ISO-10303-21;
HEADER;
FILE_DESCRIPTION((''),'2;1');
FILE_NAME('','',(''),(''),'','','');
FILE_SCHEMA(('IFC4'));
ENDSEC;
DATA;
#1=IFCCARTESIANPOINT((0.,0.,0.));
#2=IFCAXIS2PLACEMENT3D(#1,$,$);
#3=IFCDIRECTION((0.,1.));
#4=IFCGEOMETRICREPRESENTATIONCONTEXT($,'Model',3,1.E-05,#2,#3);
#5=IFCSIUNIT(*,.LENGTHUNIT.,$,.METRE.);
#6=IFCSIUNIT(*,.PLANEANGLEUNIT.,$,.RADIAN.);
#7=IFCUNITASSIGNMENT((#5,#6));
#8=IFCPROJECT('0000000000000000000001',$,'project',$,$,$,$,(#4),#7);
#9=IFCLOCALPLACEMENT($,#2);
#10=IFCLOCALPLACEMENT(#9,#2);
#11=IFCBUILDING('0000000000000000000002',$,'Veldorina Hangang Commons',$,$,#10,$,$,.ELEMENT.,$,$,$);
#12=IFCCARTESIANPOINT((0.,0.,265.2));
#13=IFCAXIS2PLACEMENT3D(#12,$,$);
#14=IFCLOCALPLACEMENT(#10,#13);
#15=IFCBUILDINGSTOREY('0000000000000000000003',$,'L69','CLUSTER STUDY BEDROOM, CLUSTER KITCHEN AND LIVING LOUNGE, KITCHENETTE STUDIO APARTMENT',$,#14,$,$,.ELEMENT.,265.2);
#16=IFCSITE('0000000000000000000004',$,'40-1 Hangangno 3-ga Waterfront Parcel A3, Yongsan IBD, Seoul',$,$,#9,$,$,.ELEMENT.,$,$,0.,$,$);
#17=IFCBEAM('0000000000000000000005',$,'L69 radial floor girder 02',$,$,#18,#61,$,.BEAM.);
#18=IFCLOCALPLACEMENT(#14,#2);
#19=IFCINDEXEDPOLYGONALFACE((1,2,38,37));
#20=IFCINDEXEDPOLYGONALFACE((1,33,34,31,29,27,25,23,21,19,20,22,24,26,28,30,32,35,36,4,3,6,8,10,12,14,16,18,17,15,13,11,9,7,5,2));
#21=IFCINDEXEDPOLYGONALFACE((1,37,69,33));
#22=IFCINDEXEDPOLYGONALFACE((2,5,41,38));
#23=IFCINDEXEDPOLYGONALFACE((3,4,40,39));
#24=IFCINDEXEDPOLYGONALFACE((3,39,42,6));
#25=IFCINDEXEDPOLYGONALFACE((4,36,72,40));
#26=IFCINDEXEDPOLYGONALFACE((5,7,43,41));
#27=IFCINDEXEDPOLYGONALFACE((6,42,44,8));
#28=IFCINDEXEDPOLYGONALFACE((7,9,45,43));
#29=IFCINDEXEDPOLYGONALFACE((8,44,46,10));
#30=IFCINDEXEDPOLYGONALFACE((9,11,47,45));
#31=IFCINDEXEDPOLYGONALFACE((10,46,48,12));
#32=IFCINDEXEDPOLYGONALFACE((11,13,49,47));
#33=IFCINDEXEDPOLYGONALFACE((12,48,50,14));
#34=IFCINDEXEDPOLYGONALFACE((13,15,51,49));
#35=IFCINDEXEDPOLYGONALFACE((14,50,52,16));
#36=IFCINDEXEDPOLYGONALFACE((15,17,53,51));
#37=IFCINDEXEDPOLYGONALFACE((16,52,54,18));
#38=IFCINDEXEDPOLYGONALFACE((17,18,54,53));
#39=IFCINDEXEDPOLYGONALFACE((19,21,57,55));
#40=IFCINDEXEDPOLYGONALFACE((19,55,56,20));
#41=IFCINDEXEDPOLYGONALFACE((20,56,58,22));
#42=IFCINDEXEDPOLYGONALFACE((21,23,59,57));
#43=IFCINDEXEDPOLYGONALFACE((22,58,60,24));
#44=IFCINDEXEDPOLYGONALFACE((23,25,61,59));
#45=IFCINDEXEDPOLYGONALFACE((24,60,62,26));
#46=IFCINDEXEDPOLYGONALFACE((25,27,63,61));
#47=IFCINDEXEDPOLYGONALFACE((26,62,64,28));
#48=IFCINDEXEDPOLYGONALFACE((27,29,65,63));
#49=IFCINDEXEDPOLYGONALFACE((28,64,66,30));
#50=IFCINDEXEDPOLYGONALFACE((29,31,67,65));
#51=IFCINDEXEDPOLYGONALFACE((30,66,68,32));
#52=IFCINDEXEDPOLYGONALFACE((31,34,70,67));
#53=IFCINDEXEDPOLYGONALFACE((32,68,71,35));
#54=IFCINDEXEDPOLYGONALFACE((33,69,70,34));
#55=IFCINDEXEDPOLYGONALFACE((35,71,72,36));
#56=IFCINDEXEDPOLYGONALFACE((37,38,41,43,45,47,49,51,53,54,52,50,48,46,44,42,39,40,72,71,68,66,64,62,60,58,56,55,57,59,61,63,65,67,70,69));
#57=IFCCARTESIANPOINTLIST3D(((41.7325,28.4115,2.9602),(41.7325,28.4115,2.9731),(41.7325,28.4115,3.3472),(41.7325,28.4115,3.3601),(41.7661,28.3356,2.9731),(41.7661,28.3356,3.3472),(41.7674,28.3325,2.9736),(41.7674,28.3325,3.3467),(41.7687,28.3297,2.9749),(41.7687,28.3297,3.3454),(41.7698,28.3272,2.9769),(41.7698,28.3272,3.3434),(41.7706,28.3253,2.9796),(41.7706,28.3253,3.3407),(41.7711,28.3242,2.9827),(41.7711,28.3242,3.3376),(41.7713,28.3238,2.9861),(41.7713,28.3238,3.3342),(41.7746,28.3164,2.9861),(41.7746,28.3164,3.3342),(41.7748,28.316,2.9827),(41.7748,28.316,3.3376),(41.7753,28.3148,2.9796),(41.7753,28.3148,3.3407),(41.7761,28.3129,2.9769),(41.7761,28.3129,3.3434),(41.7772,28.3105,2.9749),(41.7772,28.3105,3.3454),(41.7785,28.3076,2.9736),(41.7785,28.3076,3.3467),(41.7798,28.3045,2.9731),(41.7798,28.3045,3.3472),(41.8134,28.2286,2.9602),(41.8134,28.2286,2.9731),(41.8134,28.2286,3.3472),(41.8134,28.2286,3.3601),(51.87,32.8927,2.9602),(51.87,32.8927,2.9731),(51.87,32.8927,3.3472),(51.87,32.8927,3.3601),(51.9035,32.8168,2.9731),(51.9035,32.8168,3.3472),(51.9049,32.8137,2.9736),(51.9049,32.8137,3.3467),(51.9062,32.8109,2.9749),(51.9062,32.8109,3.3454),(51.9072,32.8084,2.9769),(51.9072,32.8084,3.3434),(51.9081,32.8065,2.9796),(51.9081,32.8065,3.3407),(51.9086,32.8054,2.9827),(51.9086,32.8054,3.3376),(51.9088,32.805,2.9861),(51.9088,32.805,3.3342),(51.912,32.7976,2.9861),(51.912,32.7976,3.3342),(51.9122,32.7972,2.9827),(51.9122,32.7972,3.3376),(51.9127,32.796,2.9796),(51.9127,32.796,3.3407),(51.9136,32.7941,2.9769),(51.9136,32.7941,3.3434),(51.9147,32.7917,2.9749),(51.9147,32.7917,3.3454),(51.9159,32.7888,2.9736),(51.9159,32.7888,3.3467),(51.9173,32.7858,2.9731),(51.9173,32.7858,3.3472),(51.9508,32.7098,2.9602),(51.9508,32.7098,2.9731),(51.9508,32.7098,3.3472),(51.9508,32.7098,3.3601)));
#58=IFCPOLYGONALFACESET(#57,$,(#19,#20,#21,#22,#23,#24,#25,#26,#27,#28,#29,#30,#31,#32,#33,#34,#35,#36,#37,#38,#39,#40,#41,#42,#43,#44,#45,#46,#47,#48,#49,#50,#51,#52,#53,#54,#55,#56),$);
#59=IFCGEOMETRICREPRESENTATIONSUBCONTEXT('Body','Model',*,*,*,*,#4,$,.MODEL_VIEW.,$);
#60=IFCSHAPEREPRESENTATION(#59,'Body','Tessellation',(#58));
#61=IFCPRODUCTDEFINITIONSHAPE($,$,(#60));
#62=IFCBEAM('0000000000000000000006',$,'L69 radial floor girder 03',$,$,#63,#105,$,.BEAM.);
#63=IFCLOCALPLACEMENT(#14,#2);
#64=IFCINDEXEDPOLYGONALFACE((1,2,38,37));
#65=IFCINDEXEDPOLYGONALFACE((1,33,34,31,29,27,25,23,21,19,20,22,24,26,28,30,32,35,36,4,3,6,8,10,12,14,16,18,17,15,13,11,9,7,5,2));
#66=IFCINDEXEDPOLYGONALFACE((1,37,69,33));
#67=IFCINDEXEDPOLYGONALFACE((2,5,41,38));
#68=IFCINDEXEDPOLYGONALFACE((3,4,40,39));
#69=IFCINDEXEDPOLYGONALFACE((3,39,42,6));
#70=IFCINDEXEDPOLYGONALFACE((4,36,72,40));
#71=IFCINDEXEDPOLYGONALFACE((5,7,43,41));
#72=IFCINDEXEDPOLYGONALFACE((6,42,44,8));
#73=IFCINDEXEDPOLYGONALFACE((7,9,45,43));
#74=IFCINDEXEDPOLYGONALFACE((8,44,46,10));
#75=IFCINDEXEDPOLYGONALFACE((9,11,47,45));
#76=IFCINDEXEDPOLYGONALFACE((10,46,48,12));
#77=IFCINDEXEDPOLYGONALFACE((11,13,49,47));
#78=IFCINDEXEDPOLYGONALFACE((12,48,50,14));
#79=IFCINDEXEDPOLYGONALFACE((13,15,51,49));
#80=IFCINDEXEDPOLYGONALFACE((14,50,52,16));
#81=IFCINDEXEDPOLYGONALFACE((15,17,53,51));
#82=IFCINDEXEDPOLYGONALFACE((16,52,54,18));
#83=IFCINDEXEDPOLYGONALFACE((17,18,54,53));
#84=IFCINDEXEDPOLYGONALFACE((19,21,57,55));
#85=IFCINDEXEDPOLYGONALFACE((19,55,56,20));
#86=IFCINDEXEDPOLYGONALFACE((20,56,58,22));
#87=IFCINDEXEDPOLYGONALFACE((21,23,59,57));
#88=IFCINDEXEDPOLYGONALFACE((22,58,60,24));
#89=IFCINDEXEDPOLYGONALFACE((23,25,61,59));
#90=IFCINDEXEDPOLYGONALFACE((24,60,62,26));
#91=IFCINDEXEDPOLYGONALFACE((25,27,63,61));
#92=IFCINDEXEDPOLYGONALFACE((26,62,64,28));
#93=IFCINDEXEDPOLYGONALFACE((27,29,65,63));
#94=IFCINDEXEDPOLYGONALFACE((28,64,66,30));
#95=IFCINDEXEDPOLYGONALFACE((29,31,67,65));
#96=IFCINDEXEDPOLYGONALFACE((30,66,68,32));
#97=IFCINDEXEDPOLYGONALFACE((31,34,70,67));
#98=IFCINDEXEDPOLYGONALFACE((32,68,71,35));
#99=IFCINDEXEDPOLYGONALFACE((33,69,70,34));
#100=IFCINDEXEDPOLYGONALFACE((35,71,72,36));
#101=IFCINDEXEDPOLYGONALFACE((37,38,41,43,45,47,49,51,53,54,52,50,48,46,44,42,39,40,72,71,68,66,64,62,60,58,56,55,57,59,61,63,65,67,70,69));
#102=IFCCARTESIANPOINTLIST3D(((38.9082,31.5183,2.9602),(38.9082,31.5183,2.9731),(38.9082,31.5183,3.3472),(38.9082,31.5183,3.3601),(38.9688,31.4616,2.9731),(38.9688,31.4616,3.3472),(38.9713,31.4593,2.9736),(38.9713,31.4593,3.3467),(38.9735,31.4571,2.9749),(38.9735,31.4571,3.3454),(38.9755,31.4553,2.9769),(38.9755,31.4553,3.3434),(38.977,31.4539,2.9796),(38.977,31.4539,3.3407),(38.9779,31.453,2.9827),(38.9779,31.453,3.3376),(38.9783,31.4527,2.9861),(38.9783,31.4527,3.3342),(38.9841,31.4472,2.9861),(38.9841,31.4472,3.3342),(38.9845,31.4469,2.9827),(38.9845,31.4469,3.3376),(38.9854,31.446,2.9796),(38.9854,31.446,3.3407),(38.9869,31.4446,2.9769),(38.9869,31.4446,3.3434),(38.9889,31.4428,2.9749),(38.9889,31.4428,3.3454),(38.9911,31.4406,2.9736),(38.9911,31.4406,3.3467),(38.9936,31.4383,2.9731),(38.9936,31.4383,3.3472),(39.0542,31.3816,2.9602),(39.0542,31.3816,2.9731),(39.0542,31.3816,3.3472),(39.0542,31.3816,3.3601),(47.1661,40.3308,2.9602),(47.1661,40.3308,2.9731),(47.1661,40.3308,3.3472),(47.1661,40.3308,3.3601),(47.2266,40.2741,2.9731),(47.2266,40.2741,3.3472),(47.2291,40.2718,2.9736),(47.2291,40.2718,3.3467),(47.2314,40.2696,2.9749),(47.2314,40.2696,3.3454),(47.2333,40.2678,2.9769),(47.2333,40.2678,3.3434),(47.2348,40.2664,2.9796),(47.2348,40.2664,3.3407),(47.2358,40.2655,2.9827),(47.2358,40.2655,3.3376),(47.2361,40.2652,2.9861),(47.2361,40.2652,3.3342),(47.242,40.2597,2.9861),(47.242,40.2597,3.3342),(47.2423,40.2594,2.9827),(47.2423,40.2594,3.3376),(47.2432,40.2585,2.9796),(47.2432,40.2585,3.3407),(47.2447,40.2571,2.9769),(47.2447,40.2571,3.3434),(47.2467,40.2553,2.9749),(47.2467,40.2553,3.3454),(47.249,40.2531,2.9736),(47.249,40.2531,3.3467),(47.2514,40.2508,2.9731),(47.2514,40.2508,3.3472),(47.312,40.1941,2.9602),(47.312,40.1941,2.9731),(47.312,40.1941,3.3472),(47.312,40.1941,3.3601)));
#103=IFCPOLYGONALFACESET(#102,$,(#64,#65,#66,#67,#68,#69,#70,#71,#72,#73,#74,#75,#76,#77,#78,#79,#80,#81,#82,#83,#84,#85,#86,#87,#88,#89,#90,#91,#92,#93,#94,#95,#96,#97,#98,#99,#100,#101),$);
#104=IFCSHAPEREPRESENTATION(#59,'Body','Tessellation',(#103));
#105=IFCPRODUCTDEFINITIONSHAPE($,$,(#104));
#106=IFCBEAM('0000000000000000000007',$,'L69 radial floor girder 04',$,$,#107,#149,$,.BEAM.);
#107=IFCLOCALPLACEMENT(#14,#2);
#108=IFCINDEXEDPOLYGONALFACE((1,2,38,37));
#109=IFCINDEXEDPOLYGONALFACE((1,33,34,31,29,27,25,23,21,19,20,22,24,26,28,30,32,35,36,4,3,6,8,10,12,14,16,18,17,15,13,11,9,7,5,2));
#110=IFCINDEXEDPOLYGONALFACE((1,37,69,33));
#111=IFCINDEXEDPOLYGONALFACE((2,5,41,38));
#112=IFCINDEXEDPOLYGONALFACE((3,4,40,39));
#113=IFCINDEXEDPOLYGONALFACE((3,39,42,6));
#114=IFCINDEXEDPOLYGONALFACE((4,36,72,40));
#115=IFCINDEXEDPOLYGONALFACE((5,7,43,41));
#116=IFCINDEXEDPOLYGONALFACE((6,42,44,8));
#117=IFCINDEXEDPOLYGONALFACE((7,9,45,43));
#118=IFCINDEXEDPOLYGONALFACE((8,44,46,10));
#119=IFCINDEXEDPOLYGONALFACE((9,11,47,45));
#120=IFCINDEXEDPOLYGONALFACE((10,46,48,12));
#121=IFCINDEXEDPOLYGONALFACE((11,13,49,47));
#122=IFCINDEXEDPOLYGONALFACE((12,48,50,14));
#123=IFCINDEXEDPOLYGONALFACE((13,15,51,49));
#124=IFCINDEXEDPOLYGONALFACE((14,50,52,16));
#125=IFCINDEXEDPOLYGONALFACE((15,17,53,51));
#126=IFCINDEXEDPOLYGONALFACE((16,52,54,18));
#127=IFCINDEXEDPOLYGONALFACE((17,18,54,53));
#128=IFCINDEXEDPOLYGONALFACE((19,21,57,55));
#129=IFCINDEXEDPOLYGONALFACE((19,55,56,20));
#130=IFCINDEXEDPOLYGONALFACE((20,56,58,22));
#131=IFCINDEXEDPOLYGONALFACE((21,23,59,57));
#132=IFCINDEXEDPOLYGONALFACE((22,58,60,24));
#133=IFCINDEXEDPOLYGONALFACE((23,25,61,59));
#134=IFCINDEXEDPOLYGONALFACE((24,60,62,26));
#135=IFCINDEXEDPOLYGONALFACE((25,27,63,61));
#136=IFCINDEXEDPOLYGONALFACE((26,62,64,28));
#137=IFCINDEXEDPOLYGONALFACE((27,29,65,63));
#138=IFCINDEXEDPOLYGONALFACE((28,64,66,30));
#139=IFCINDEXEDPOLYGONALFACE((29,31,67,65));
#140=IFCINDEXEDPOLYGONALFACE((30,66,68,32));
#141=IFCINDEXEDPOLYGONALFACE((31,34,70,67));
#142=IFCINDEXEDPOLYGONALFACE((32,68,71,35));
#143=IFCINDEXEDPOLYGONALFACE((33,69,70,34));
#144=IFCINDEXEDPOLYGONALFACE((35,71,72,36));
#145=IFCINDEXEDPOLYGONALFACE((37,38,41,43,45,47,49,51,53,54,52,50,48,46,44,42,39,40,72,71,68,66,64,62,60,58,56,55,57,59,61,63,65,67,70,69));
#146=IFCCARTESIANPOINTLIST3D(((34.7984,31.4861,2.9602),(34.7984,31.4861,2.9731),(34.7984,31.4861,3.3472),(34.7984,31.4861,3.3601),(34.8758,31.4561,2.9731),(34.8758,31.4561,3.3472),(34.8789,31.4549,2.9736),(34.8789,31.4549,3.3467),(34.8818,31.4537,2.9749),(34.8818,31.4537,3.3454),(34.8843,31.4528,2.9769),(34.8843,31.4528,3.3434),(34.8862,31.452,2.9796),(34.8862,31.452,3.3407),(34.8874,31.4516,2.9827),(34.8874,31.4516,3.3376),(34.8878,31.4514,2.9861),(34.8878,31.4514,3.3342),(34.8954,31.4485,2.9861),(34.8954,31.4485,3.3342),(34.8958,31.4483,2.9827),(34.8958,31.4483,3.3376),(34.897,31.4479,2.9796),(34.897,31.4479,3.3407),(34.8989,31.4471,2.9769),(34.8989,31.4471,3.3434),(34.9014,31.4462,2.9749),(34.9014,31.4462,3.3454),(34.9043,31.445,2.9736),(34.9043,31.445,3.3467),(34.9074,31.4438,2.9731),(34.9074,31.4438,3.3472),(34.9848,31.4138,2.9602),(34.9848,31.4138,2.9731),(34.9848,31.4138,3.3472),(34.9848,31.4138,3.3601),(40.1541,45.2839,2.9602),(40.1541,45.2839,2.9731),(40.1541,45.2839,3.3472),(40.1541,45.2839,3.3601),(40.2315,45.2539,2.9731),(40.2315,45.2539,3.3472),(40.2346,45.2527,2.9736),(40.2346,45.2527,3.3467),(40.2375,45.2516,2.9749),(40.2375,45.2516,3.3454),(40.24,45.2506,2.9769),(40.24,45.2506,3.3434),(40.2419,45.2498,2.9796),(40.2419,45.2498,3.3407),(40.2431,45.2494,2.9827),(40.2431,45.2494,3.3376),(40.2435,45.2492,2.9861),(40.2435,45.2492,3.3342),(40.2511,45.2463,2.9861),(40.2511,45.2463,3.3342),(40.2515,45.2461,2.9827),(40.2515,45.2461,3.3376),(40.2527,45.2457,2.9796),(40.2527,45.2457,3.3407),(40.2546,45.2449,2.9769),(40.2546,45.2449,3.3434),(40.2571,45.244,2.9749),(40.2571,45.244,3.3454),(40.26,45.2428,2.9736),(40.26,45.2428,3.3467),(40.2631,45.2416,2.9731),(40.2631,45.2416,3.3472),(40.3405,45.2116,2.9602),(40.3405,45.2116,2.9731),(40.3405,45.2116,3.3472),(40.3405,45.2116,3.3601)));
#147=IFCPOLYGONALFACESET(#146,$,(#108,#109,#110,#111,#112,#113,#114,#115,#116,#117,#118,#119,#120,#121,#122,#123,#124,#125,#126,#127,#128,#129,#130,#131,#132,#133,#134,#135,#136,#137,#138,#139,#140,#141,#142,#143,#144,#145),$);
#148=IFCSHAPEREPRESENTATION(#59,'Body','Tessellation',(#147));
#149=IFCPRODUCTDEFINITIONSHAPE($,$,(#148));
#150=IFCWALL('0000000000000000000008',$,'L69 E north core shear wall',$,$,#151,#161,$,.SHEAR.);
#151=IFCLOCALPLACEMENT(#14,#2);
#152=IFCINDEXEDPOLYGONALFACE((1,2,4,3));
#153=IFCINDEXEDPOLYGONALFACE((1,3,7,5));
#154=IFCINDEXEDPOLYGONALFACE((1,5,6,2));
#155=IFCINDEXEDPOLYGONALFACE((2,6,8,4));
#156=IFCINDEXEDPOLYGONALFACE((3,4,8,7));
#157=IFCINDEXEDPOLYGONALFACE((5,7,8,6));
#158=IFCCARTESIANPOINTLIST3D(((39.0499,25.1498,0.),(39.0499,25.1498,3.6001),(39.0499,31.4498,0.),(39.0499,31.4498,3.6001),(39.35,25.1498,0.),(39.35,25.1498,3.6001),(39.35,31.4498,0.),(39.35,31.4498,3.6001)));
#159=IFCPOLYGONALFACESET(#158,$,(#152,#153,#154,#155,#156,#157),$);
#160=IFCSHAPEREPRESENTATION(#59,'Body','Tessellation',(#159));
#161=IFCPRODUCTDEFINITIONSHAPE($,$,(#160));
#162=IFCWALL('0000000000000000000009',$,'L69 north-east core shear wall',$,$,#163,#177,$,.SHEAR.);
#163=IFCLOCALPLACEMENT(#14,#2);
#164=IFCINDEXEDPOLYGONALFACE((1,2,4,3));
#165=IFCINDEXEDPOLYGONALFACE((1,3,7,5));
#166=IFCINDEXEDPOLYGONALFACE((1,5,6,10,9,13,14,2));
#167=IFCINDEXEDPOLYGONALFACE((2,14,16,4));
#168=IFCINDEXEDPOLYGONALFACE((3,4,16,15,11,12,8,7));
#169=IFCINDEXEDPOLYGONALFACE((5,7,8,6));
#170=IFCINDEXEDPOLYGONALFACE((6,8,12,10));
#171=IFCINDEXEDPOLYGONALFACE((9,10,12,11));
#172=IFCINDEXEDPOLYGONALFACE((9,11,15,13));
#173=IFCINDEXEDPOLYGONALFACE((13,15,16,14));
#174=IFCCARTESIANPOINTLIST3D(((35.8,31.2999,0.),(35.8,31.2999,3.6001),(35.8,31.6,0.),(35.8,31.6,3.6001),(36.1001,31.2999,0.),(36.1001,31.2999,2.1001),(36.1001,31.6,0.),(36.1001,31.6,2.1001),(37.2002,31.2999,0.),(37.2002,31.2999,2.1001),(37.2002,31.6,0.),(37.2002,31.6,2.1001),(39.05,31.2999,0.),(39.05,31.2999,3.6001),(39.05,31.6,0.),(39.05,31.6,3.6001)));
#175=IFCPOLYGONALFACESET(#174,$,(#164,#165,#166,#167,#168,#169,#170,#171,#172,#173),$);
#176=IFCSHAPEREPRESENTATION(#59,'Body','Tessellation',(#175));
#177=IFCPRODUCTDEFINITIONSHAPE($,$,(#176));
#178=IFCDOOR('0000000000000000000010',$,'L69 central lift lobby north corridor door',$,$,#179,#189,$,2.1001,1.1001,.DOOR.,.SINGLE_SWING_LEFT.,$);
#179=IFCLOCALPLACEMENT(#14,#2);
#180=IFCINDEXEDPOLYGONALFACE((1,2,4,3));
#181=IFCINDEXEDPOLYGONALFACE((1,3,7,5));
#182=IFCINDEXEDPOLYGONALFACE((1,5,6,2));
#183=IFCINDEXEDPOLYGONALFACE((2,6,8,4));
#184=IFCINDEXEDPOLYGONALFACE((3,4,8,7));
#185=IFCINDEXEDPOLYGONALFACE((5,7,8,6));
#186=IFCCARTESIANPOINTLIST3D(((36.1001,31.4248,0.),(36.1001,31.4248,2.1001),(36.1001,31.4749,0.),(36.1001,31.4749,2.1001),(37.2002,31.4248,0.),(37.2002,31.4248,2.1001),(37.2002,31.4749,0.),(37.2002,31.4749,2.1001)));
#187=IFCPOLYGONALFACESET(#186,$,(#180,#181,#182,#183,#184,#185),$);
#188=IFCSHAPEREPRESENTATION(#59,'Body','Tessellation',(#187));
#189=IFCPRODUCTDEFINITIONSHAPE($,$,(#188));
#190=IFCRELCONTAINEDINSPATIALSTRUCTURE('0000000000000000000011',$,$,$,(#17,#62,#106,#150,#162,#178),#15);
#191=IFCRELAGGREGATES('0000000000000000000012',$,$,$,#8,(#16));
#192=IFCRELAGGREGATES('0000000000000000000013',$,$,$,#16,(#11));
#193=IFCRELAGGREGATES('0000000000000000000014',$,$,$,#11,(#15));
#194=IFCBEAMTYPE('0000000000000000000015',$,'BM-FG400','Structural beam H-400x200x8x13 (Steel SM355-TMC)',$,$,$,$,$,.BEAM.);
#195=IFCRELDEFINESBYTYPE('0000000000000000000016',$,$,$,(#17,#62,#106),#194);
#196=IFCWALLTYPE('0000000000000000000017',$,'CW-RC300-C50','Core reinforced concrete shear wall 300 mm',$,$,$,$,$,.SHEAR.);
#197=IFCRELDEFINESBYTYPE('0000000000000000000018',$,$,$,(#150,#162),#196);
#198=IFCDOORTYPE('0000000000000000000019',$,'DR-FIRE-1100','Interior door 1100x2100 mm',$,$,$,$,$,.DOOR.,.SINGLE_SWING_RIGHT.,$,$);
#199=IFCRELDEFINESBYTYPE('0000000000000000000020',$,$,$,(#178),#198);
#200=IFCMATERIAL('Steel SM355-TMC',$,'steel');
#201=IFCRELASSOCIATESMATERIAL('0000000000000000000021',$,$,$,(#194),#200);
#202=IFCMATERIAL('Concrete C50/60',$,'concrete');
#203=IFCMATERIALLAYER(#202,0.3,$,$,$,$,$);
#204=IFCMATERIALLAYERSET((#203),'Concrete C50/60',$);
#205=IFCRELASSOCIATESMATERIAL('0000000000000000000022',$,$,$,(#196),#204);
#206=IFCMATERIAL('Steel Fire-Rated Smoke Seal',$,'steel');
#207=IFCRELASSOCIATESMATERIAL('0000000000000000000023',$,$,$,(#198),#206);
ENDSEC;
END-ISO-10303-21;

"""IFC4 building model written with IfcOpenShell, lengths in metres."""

from ifc_helpers import new_model, si_unit, direction, frame, frame_2d, origin, origin_2d, place, context, subcontext, project, spatial, rectangle, i_section, extrude, material, layer, layer_set, material_profile, profile_set, type_object, element, fill, save


model = new_model("IFC4")

# Units and contexts
model_context = context("Model", 3, precision=1e-05, world=origin(), true_north=direction((0.0, 1.0)))
body_context = subcontext(model_context, "Body", "Model", "MODEL_VIEW")
ifc_project = project(units=[si_unit("LENGTHUNIT", "METRE"), si_unit("PLANEANGLEUNIT", "RADIAN")], contexts=[model_context])

# Site, building, storey
site_placement = place(None, origin())
site = spatial("IfcSite", under=ifc_project, at=site_placement, Name="40-1 Hangangno 3-ga Waterfront Parcel A3, Yongsan IBD, Seoul", CompositionType="ELEMENT", RefElevation=0.0)
building_placement = place(site_placement, origin())
building = spatial("IfcBuilding", under=site, at=building_placement, Name="Veldorina Hangang Commons", CompositionType="ELEMENT")
storey_placement = place(building_placement, frame((0.0, 0.0, 265.2)))
storey = spatial("IfcBuildingStorey", under=building, at=storey_placement, Name="L69", Description="CLUSTER STUDY BEDROOM, CLUSTER KITCHEN AND LIVING LOUNGE, KITCHENETTE STUDIO APARTMENT", CompositionType="ELEMENT", Elevation=265.2)

# Beams
ifc_material_1 = material(Name="Steel SM355-TMC", Category="steel")
ifc_material_profile = material_profile(ifc_material_1, i_section(OverallWidth=0.2, OverallDepth=0.3999, WebThickness=0.0081, FlangeThickness=0.0129, FilletRadius=0.0129, at=origin_2d()), Name="H-400x200x8x13")
ifc_profile_set = profile_set([ifc_material_profile], Name="Steel SM355-TMC")
beam_type = type_object("IfcBeamType", Name="BM-FG400", Description="Structural beam H-400x200x8x13 (Steel SM355-TMC)", PredefinedType="BEAM", material=ifc_profile_set)
beam_1_placement = place(storey_placement, frame((41.7729, 28.3201, 3.1602), z_axis=(0.914624, 0.404304, 0.0), x_axis=(-0.404304, 0.914624, 0.0)))
element("IfcBeam", 1, at=beam_1_placement, inside=storey, type_object=beam_type, Name="L69 radial floor girder 02", PredefinedType="BEAM", context=body_context, shape_type="SweptSolid", body=[
    extrude(i_section(OverallWidth=0.2, OverallDepth=0.3999, WebThickness=0.0081, FlangeThickness=0.0129, FilletRadius=0.0129, at=origin_2d()), origin(), (0.0, 0.0, 1.0), 11.0837),
])
beam_2_placement = place(storey_placement, frame((38.9812, 31.45, 3.1602), z_axis=(0.683769, 0.729699, 0.0), x_axis=(-0.729699, 0.683769, 0.0)))
element("IfcBeam", 2, at=beam_2_placement, inside=storey, type_object=beam_type, Name="L69 radial floor girder 03", PredefinedType="BEAM", context=body_context, shape_type="SweptSolid", body=[
    extrude(i_section(OverallWidth=0.2, OverallDepth=0.3999, WebThickness=0.0081, FlangeThickness=0.0129, FilletRadius=0.0129, at=origin_2d()), origin(), (0.0, 0.0, 1.0), 12.0769),
])
beam_3_placement = place(storey_placement, frame((34.8916, 31.45, 3.1602), z_axis=(0.361852, 0.932235, 0.0), x_axis=(-0.932235, 0.361852, 0.0)))
element("IfcBeam", 3, at=beam_3_placement, inside=storey, type_object=beam_type, Name="L69 radial floor girder 04", PredefinedType="BEAM", context=body_context, shape_type="SweptSolid", body=[
    extrude(i_section(OverallWidth=0.2, OverallDepth=0.3999, WebThickness=0.0081, FlangeThickness=0.0129, FilletRadius=0.0129, at=origin_2d()), origin(), (0.0, 0.0, 1.0), 14.8008),
])

# Wall
ifc_material_2 = material(Name="Concrete C50/60", Category="concrete")
ifc_layer_1 = layer(ifc_material_2, 0.3)
ifc_layer_set_1 = layer_set([ifc_layer_1], Name="Concrete C50/60")
wall_type_1 = type_object("IfcWallType", Name="CW-RC300-C50", Description="Core reinforced concrete shear wall 300 mm", PredefinedType="SHEAR", material=ifc_layer_set_1)
wall_1_placement = place(storey_placement, frame((39.2, 25.1499, 0.0), z_axis=(0.0, 0.0, 1.0), x_axis=(0.0, 1.0, 0.0)))
element("IfcWall", 4, at=wall_1_placement, inside=storey, type_object=wall_type_1, Name="L69 E north core shear wall", PredefinedType="SHEAR", context=body_context, shape_type="SweptSolid", body=[
    extrude(rectangle(XDim=6.3, YDim=0.3, at=frame_2d((3.1499, 0.0))), origin(), (0.0, 0.0, 1.0), 3.6001),
])

# Wall, opening, door
wall_2_placement = place(storey_placement, frame((35.8, 31.45, 0.0), z_axis=(0.0, 0.0, 1.0), x_axis=(1.0, 0.0, 0.0)))
wall_2 = element("IfcWall", 5, at=wall_2_placement, inside=storey, type_object=wall_type_1, Name="L69 north-east core shear wall", PredefinedType="SHEAR", context=body_context, shape_type="SweptSolid", body=[
    extrude(rectangle(XDim=3.25, YDim=0.3, at=frame_2d((1.625, 0.0))), origin(), (0.0, 0.0, 1.0), 3.6001),
])
opening_1_placement = place(wall_2_placement, frame((0.3, 0.0, 0.0)))
opening_1 = element("IfcOpeningElement", 6, at=opening_1_placement, cuts=wall_2, PredefinedType="OPENING", context=body_context, shape_type="SweptSolid", body=[
    extrude(rectangle(XDim=1.1001, YDim=2.1001, at=frame_2d((0.55, 1.05))), frame((0.0, 0.1602, 0.0), z_axis=(0.0, -1.0, 0.0), x_axis=(1.0, 0.0, 0.0)), (0.0, 0.0, 1.0), 0.3201),
])
ifc_material_3 = material(Name="Steel Fire-Rated Smoke Seal", Category="steel")
door_type_1 = type_object("IfcDoorType", Name="DR-FIRE-1100", Description="Interior door 1100x2100 mm", OperationType="SINGLE_SWING_RIGHT", PredefinedType="DOOR", material=ifc_material_3)
door_1_placement = place(opening_1_placement, origin())
door_1 = element("IfcDoor", 7, at=door_1_placement, inside=storey, type_object=door_type_1, Name="L69 central lift lobby north corridor door", OperationType="SINGLE_SWING_LEFT", OverallHeight=2.1001, OverallWidth=1.1001, PredefinedType="DOOR", context=body_context, shape_type="SweptSolid", body=[
    extrude(rectangle(XDim=1.1001, YDim=2.1001, at=frame_2d((0.55, 1.05))), frame((0.0, 0.0249, 0.0), z_axis=(0.0, -1.0, 0.0), x_axis=(1.0, 0.0, 0.0)), (0.0, 0.0, 1.0), 0.05),
])
fill(opening_1, door_1)

save(model, "model.ifc")
